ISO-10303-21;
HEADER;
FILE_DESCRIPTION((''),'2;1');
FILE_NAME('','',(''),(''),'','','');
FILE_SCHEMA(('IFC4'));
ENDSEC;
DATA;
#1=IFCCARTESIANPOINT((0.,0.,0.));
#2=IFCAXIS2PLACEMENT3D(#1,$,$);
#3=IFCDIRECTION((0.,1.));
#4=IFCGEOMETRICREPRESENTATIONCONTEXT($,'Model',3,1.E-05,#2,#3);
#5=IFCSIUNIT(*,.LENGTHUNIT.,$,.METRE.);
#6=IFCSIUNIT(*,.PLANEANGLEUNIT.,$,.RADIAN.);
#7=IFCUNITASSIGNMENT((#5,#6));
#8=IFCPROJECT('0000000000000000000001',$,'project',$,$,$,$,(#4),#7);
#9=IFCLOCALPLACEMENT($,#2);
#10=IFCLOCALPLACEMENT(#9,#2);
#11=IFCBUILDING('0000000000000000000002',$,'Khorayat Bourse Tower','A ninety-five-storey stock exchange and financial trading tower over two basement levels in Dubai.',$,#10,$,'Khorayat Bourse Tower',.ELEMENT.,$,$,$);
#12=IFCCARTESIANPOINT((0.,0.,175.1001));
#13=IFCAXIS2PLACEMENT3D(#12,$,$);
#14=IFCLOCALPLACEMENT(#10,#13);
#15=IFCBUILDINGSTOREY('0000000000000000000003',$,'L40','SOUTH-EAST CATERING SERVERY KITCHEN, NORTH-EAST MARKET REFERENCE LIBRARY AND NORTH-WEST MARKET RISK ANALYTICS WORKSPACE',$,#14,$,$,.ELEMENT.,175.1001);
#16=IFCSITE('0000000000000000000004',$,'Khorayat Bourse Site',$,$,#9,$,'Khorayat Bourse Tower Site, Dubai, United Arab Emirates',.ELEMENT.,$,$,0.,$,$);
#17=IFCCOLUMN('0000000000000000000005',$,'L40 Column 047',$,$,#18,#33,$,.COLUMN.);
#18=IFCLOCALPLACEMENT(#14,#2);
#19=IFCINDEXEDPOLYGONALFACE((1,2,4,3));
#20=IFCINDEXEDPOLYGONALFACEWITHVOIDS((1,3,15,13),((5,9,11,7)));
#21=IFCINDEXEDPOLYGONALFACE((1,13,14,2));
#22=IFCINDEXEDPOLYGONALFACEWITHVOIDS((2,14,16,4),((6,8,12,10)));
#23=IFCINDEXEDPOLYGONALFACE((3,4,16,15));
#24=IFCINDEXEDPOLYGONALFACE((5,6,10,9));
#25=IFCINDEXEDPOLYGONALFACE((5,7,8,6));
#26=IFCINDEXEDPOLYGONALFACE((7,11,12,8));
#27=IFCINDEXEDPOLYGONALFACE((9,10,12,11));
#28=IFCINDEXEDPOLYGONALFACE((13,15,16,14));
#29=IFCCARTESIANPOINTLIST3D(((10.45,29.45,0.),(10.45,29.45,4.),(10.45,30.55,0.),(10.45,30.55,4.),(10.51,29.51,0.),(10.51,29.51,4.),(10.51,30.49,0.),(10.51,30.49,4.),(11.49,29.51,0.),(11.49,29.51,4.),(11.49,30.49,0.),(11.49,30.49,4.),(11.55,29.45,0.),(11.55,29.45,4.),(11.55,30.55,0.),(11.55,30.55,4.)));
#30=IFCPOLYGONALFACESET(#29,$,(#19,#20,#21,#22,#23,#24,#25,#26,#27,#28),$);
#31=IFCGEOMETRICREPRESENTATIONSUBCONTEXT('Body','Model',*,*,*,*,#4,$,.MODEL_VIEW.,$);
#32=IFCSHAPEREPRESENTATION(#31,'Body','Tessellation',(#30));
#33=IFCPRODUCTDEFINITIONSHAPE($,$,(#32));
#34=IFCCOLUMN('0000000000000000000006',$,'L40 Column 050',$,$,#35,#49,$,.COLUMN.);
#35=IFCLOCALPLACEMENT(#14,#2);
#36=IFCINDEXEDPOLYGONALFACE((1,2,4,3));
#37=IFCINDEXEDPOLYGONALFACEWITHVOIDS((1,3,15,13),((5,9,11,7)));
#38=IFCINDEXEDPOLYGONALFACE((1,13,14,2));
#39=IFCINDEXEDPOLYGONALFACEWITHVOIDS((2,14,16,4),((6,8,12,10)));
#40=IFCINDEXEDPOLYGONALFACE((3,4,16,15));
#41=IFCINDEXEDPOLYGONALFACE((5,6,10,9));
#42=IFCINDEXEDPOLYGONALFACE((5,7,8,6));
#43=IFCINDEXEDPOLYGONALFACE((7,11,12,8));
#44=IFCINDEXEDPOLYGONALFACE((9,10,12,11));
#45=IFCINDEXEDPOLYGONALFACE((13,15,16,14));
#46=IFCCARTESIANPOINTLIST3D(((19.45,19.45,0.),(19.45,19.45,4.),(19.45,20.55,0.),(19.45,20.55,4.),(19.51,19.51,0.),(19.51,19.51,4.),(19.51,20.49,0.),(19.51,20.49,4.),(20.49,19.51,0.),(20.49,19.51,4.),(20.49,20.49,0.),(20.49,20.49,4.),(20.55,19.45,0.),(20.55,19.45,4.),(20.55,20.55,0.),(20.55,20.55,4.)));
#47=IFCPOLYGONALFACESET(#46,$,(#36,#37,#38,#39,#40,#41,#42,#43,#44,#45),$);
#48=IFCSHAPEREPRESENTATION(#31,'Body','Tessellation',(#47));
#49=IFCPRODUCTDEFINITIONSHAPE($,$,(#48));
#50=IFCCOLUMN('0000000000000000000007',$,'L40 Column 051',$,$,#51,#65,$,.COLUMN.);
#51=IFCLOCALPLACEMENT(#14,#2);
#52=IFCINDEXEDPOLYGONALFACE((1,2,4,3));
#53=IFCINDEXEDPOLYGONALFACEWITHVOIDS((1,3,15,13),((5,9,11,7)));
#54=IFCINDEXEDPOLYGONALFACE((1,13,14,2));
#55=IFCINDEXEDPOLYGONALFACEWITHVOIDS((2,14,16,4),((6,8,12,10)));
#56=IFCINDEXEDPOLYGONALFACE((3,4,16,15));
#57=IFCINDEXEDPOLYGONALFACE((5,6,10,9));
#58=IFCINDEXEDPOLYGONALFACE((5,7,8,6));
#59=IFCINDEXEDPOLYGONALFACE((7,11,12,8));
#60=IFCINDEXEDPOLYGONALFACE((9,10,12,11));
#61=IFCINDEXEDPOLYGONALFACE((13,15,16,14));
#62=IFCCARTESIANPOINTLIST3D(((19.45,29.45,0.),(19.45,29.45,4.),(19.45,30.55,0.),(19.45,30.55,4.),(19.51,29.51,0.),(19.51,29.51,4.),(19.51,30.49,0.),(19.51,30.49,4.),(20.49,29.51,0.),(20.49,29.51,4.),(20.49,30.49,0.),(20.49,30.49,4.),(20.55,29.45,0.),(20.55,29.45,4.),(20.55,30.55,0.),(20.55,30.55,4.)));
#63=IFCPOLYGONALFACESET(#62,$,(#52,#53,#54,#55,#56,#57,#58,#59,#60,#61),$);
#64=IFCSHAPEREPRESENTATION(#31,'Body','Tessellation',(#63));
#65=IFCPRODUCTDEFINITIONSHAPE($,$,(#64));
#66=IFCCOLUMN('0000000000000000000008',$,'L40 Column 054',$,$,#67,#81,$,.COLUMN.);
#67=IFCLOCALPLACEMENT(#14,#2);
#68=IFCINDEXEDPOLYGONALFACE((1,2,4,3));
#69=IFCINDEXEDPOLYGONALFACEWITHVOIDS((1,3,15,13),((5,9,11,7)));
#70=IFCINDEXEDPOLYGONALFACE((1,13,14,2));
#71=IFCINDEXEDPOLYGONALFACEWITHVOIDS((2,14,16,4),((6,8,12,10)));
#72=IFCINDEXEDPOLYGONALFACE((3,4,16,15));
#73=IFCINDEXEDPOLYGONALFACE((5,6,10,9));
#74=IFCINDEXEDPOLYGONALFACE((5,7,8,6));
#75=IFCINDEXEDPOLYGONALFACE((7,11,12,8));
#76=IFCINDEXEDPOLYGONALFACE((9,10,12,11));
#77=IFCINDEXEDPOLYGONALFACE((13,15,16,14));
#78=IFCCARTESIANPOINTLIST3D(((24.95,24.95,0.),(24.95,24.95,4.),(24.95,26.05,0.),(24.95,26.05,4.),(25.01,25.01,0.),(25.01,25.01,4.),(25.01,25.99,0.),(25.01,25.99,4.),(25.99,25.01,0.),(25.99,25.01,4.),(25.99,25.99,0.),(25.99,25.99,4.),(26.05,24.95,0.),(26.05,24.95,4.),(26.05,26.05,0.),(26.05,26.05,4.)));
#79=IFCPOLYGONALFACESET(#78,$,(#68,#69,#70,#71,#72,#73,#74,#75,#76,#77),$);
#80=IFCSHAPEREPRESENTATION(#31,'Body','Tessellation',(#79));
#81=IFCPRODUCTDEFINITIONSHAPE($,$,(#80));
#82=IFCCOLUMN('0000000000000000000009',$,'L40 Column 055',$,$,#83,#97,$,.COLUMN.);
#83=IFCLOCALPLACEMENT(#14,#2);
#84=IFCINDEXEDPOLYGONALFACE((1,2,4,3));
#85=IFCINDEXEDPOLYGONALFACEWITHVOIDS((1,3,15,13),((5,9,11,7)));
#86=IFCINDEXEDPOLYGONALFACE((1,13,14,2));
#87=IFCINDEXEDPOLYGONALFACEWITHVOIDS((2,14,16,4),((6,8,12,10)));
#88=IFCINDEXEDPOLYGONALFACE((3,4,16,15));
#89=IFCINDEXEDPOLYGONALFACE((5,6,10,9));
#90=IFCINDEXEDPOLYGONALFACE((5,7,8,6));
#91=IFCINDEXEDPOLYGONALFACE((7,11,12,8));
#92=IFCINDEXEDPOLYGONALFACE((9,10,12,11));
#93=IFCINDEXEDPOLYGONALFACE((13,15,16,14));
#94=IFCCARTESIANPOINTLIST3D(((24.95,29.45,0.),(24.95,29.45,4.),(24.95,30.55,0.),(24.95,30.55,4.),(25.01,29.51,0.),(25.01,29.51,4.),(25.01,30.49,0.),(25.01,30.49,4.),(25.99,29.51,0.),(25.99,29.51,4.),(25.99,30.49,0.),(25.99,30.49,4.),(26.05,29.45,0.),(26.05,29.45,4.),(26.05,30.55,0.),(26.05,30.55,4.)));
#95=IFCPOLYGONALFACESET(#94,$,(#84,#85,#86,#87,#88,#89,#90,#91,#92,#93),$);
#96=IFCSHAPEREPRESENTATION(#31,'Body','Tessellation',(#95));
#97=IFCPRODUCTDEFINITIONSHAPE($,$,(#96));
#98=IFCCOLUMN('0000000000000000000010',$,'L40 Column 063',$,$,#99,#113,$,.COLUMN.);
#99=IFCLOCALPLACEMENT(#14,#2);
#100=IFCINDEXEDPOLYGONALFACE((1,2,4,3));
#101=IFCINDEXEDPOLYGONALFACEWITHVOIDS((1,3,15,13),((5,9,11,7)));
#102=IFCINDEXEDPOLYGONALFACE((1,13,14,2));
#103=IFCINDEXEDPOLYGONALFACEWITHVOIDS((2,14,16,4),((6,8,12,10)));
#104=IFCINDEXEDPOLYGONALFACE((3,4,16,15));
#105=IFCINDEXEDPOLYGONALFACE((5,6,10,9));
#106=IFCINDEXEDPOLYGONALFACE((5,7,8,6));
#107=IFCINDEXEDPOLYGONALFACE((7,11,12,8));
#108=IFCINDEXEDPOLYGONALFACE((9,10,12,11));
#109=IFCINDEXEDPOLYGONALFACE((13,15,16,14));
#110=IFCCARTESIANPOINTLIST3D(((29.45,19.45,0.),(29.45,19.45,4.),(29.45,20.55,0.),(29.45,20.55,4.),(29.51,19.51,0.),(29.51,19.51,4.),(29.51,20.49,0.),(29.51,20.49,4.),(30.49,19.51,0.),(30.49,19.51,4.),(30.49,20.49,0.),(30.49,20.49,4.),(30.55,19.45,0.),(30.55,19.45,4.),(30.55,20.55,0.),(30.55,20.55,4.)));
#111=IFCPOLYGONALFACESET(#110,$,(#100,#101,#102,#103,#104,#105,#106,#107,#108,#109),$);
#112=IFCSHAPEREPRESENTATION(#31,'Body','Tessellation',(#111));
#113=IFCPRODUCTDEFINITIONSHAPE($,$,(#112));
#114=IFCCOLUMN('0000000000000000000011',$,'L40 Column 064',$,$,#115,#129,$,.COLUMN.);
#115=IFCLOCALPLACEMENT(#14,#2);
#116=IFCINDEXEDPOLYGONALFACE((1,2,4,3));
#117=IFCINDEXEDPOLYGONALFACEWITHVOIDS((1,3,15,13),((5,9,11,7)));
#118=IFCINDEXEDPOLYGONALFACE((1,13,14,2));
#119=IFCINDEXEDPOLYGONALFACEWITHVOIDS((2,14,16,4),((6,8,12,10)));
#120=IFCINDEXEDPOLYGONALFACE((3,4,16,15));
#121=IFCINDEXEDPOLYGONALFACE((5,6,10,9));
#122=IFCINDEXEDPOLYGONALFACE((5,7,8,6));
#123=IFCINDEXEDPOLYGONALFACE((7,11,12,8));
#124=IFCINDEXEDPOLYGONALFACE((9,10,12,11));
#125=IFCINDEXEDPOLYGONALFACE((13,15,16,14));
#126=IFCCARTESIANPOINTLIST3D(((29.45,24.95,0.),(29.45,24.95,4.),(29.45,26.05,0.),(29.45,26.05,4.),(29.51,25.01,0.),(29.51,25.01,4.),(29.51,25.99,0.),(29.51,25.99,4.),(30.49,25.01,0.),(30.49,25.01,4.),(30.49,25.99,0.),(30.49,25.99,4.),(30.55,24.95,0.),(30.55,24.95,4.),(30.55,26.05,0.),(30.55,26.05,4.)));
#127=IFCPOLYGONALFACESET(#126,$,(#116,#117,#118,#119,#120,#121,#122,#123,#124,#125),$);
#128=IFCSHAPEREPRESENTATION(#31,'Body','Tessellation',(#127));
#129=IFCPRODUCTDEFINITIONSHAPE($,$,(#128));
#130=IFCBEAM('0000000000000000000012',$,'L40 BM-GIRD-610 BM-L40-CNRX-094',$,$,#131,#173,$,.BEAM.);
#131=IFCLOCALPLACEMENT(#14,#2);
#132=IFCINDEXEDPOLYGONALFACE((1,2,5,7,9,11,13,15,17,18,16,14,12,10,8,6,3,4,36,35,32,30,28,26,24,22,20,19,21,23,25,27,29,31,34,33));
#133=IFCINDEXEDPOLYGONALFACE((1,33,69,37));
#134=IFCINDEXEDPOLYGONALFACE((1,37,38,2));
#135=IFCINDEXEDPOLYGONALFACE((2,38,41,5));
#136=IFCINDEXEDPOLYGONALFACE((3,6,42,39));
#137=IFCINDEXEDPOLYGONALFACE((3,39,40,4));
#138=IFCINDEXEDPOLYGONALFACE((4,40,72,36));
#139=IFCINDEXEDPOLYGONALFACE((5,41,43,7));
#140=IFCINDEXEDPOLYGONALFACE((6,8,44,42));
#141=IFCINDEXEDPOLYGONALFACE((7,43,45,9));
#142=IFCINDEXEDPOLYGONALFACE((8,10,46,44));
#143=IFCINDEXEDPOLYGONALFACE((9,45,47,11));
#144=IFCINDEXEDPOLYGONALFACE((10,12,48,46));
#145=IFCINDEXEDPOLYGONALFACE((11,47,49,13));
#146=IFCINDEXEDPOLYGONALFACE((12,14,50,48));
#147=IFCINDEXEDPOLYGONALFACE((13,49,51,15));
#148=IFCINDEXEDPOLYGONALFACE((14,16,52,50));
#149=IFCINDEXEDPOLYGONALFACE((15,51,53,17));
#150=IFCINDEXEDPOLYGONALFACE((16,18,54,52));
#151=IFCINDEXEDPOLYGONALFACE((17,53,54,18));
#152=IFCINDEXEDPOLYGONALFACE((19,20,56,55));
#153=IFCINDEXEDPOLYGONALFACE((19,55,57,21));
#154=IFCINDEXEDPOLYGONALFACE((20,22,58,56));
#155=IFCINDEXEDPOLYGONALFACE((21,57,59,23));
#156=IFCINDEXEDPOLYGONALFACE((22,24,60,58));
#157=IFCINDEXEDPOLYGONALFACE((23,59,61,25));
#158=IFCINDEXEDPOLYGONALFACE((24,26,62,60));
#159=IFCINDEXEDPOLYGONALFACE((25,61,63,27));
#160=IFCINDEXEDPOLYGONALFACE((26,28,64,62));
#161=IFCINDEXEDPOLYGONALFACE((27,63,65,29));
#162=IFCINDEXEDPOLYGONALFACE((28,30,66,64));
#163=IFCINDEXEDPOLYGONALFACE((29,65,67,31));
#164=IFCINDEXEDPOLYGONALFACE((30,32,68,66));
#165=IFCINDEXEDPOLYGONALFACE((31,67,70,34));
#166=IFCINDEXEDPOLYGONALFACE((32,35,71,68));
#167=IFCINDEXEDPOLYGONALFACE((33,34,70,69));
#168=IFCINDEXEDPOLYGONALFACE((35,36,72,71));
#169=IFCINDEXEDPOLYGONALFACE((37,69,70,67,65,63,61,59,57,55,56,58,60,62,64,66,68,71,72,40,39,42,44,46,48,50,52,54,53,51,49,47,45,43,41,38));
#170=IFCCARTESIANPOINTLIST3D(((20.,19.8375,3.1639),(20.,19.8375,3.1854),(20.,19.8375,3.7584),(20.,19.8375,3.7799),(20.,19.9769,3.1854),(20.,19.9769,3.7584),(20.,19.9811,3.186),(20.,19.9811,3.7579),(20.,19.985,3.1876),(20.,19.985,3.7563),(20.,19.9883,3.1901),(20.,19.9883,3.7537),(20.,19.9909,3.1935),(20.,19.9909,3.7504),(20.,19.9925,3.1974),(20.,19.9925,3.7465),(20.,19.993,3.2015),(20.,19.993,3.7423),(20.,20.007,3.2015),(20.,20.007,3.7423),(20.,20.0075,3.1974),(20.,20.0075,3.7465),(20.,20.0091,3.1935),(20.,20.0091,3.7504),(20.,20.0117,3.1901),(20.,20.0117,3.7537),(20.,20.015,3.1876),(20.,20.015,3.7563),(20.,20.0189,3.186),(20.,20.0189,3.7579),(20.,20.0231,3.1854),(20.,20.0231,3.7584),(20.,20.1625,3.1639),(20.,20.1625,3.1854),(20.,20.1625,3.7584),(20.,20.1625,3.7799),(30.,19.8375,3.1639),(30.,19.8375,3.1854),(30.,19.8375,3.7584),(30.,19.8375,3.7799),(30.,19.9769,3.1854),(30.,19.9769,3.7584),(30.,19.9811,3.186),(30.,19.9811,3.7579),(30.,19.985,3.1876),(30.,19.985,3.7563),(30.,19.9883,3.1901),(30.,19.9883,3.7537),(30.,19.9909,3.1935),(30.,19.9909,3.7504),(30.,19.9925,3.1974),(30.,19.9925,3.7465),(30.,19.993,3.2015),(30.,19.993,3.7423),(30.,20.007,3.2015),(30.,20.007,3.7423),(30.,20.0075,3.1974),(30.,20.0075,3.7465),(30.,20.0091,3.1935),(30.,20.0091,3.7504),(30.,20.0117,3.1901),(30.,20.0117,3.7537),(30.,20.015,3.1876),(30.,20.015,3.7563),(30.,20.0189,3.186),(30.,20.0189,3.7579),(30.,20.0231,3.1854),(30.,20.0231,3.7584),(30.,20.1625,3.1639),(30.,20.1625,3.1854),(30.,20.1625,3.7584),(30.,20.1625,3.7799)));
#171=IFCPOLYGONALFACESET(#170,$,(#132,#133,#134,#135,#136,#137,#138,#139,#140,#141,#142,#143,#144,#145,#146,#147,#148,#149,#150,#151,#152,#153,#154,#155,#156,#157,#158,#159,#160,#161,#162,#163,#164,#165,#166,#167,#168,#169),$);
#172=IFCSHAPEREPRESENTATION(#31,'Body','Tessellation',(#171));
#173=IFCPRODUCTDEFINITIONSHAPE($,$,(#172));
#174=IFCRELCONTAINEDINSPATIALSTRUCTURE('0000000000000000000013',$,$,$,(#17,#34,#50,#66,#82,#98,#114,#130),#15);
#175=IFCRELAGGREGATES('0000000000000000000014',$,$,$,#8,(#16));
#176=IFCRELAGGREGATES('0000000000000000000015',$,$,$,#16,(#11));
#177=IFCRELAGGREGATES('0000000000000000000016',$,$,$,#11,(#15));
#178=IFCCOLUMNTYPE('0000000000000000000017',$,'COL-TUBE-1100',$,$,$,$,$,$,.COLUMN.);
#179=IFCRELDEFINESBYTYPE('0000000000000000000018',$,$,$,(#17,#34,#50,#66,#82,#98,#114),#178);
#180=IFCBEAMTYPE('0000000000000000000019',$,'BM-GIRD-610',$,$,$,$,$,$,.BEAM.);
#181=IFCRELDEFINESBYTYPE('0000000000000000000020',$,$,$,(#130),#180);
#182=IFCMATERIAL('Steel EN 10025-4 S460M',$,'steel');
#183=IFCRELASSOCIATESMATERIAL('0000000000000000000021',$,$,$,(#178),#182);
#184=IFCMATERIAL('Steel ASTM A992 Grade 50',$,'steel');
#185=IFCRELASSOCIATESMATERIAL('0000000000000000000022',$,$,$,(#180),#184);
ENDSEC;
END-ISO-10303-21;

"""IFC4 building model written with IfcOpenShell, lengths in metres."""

from ifc_helpers import new_model, si_unit, direction, frame, origin, origin_2d, place, context, subcontext, project, spatial, hollow_rectangle, i_section, extrude, source, transform, mapped, material, material_profile, profile_set, type_object, element, save


model = new_model("IFC4")

# Units and contexts
model_context = context("Model", 3, precision=1e-05, world=origin(), true_north=direction((0.0, 1.0)))
body_context = subcontext(model_context, "Body", "Model", "MODEL_VIEW")
ifc_project = project(units=[si_unit("LENGTHUNIT", "METRE"), si_unit("PLANEANGLEUNIT", "RADIAN")], contexts=[model_context])

# Site, building, storey
site_placement = place(None, origin())
site = spatial("IfcSite", under=ifc_project, at=site_placement, Name="Khorayat Bourse Site", LongName="Khorayat Bourse Tower Site, Dubai, United Arab Emirates", CompositionType="ELEMENT", RefElevation=0.0)
building_placement = place(site_placement, origin())
building = spatial("IfcBuilding", under=site, at=building_placement, Name="Khorayat Bourse Tower", Description="A ninety-five-storey stock exchange and financial trading tower over two basement levels in Dubai.", LongName="Khorayat Bourse Tower", CompositionType="ELEMENT")
storey_placement = place(building_placement, frame((0.0, 0.0, 175.1001)))
storey = spatial("IfcBuildingStorey", under=building, at=storey_placement, Name="L40", Description="SOUTH-EAST CATERING SERVERY KITCHEN, NORTH-EAST MARKET REFERENCE LIBRARY AND NORTH-WEST MARKET RISK ANALYTICS WORKSPACE", CompositionType="ELEMENT", Elevation=175.1001)

# Columns
ifc_material_1 = material(Name="Steel EN 10025-4 S460M", Category="steel")
ifc_material_profile_1 = material_profile(ifc_material_1, hollow_rectangle(XDim=1.1001, YDim=1.1001, WallThickness=0.0601, at=origin_2d()), Name="BOX 1100x1100x60")
ifc_profile_set_1 = profile_set([ifc_material_profile_1], Name="Steel EN 10025-4 S460M")
column_type = type_object("IfcColumnType", Name="COL-TUBE-1100", PredefinedType="COLUMN", material=ifc_profile_set_1)
shared_shape_1 = source(origin(), body_context, "Body", "SweptSolid", [
    extrude(hollow_rectangle(XDim=1.1001, YDim=1.1001, WallThickness=0.0601, at=origin_2d()), origin(), (0.0, 0.0, 1.0), 4.0),
])
for number, where, z_axis, x_axis, name in (
    (1, (11.0, 30.0, 0.0), (0.0, 0.0, 1.0), (1.0, 0.0, 0.0), "L40 Column 047"),
    (2, (20.0, 20.0, 0.0), (0.0, 0.0, 1.0), (1.0, 0.0, 0.0), "L40 Column 050"),
    (3, (20.0, 30.0, 0.0), (0.0, 0.0, 1.0), (1.0, 0.0, 0.0), "L40 Column 051"),
    (4, (25.5, 25.5, 0.0), (0.0, 0.0, 1.0), (1.0, 0.0, 0.0), "L40 Column 054"),
    (5, (25.5, 30.0, 0.0), (0.0, 0.0, 1.0), (1.0, 0.0, 0.0), "L40 Column 055"),
    (6, (30.0, 20.0, 0.0), (0.0, 0.0, 1.0), (1.0, 0.0, 0.0), "L40 Column 063"),
    (7, (30.0, 25.5, 0.0), (0.0, 0.0, 1.0), (1.0, 0.0, 0.0), "L40 Column 064"),
):
    element("IfcColumn", number, at=place(storey_placement, frame(where, z_axis=z_axis, x_axis=x_axis)), inside=storey, type_object=column_type, Name=name, PredefinedType="COLUMN", context=body_context, shape_type="MappedRepresentation", body=[
        mapped(shared_shape_1, transform((0.0, 0.0, 0.0), scale=1.0)),
    ])

# Beam
ifc_material_2 = material(Name="Steel ASTM A992 Grade 50", Category="steel")
ifc_material_profile_2 = material_profile(ifc_material_2, i_section(OverallWidth=0.325, OverallDepth=0.616, WebThickness=0.0139, FlangeThickness=0.0215, FilletRadius=0.0161, at=origin_2d()), Name="W610X174")
ifc_profile_set_2 = profile_set([ifc_material_profile_2], Name="Steel ASTM A992 Grade 50")
beam_type_1 = type_object("IfcBeamType", Name="BM-GIRD-610", PredefinedType="BEAM", material=ifc_profile_set_2)
shared_shape_2 = source(origin(), body_context, "Body", "SweptSolid", [
    extrude(i_section(OverallWidth=0.325, OverallDepth=0.616, WebThickness=0.0139, FlangeThickness=0.0215, FilletRadius=0.0161, at=origin_2d()), origin(), (0.0, 0.0, 1.0), 10.0),
])
beam_1_placement = place(storey_placement, frame((20.0, 20.0, 3.4719), z_axis=(1.0, 0.0, 0.0), x_axis=(0.0, 1.0, 0.0)))
element("IfcBeam", 8, at=beam_1_placement, inside=storey, type_object=beam_type_1, Name="L40 BM-GIRD-610 BM-L40-CNRX-094", PredefinedType="BEAM", context=body_context, shape_type="MappedRepresentation", body=[
    mapped(shared_shape_2, transform((0.0, 0.0, 0.0), scale=1.0)),
])

save(model, "model.ifc")
